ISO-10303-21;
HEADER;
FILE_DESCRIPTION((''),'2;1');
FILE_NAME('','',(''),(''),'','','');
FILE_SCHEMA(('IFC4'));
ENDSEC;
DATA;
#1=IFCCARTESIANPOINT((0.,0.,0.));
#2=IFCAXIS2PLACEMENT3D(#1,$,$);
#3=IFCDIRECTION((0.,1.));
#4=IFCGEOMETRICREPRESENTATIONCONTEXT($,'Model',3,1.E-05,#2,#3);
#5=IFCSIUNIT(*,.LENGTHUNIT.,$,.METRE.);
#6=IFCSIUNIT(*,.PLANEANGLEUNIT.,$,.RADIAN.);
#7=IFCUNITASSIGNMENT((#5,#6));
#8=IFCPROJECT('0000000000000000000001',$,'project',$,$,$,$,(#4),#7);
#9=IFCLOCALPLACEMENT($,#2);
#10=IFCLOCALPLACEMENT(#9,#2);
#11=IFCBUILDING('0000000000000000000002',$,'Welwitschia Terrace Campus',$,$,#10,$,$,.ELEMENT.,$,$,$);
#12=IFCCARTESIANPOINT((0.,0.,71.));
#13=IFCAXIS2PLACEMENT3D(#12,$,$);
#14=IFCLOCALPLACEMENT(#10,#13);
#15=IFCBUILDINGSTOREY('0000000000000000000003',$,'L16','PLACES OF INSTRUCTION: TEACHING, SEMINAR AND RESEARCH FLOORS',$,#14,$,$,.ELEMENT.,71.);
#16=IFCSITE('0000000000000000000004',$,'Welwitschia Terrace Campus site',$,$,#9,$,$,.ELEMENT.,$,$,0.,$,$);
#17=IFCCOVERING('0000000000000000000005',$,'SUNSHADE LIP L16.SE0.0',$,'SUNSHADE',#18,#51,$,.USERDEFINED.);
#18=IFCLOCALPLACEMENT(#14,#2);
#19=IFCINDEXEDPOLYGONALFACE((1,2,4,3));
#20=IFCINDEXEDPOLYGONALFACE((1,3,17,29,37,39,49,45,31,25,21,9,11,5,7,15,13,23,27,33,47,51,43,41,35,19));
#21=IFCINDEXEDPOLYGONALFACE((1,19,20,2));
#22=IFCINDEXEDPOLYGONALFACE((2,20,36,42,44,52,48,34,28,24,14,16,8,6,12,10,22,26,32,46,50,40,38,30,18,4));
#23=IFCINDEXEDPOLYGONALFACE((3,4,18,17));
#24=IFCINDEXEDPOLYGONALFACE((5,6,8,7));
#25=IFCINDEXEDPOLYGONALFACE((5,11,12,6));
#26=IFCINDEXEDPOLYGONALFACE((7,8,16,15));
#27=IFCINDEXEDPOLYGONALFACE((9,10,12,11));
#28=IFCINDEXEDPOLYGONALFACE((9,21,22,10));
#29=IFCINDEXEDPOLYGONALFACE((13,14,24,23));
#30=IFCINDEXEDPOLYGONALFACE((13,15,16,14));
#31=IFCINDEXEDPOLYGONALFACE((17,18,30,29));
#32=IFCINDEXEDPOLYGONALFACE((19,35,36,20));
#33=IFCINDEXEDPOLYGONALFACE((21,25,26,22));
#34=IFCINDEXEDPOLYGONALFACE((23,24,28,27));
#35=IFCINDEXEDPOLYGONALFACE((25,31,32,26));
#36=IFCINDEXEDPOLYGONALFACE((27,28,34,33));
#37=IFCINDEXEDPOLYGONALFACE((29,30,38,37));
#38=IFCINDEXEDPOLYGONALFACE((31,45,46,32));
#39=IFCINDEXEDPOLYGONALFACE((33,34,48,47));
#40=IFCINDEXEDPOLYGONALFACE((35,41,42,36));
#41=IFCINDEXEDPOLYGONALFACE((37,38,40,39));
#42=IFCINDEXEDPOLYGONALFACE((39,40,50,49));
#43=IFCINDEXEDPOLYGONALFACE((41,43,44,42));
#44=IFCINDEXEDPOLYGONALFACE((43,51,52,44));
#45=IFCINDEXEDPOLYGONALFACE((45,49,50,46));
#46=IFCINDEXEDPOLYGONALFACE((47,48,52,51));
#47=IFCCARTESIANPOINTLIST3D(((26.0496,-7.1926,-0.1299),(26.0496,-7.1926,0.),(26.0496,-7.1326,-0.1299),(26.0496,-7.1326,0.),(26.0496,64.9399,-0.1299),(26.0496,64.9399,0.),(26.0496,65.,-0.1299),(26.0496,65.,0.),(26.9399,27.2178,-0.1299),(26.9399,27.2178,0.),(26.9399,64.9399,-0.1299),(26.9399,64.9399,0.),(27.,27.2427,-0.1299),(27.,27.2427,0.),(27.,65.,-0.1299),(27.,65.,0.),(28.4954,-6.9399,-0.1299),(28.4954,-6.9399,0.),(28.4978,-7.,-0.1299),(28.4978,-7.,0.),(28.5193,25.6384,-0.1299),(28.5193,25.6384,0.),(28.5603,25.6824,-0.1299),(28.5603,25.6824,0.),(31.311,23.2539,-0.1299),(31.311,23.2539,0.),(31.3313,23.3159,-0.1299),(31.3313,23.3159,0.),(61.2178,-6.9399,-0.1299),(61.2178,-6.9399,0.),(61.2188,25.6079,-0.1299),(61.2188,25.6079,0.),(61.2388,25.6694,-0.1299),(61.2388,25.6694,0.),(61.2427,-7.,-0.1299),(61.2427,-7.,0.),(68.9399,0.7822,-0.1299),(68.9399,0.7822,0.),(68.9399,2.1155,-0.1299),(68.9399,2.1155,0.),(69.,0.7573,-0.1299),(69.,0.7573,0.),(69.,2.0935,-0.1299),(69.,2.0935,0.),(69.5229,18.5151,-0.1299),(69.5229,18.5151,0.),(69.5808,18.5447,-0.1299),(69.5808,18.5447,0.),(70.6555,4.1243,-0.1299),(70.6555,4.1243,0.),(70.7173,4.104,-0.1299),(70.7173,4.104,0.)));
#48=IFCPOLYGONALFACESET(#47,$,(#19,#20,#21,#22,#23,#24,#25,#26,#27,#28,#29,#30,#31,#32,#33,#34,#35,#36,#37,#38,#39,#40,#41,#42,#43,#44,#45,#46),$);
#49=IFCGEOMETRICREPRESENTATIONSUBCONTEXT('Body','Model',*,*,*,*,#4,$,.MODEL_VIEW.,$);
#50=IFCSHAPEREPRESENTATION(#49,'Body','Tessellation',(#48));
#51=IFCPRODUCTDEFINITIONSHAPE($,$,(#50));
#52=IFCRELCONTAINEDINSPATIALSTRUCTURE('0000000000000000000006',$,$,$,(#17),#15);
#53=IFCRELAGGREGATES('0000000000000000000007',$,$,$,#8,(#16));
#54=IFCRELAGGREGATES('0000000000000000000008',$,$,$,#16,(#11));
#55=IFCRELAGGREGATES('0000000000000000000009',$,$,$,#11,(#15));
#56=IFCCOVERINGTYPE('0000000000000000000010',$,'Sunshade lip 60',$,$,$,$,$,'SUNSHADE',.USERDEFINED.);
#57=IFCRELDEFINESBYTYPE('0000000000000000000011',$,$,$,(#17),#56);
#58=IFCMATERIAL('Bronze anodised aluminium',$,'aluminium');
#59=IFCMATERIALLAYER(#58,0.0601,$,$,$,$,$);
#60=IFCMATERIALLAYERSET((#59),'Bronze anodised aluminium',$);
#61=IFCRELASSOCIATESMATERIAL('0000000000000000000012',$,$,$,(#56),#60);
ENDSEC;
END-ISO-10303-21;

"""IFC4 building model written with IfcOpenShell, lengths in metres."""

from ifc_helpers import new_model, si_unit, direction, frame, origin, place, context, subcontext, project, spatial, polyline, outline, extrude, material, layer, layer_set, type_object, element, save


model = new_model("IFC4")

# Units and contexts
model_context = context("Model", 3, precision=1e-05, world=origin(), true_north=direction((0.0, 1.0)))
body_context = subcontext(model_context, "Body", "Model", "MODEL_VIEW")
ifc_project = project(units=[si_unit("LENGTHUNIT", "METRE"), si_unit("PLANEANGLEUNIT", "RADIAN")], contexts=[model_context])

# Site, building, storey
site_placement = place(None, origin())
site = spatial("IfcSite", under=ifc_project, at=site_placement, Name="Welwitschia Terrace Campus site", CompositionType="ELEMENT", RefElevation=0.0)
building_placement = place(site_placement, origin())
building = spatial("IfcBuilding", under=site, at=building_placement, Name="Welwitschia Terrace Campus", CompositionType="ELEMENT")
storey_placement = place(building_placement, frame((0.0, 0.0, 71.0)))
storey = spatial("IfcBuildingStorey", under=building, at=storey_placement, Name="L16", Description="PLACES OF INSTRUCTION: TEACHING, SEMINAR AND RESEARCH FLOORS", CompositionType="ELEMENT", Elevation=71.0)

# Covering
ifc_material_1 = material(Name="Bronze anodised aluminium", Category="aluminium")
ifc_layer_1 = layer(ifc_material_1, 0.0601)
ifc_layer_set_1 = layer_set([ifc_layer_1], Name="Bronze anodised aluminium")
covering_type_1 = type_object("IfcCoveringType", Name="Sunshade lip 60", ElementType="SUNSHADE", PredefinedType="USERDEFINED", material=ifc_layer_set_1)
covering_1_placement = place(storey_placement, frame((0.0, 0.0, -0.1299)))
element("IfcCovering", 1, at=covering_1_placement, inside=storey, type_object=covering_type_1, Name="SUNSHADE LIP L16.SE0.0", ObjectType="SUNSHADE", PredefinedType="USERDEFINED", context=body_context, shape_type="SweptSolid", body=[
    extrude(outline(polyline([(27.0, 27.2427), (28.5603, 25.6824), (31.3313, 23.3159), (61.2388, 25.6694), (69.5808, 18.5447), (70.7173, 4.104), (69.0, 2.0935), (69.0, 0.7573), (61.2427, -7.0), (28.4978, -7.0), (26.0496, -7.1926), (26.0496, -7.1326), (28.4954, -6.9399), (61.2178, -6.9399), (68.9399, 0.7822), (68.9399, 2.1155), (70.6555, 4.1243), (69.5229, 18.5151), (61.2188, 25.6079), (31.311, 23.2539), (28.5193, 25.6384), (26.9399, 27.2178), (26.9399, 64.9399), (26.0496, 64.9399), (26.0496, 65.0), (27.0, 65.0), (27.0, 27.2427)])), origin(), (0.0, 0.0, 1.0), 0.1299),
])

save(model, "model.ifc")
